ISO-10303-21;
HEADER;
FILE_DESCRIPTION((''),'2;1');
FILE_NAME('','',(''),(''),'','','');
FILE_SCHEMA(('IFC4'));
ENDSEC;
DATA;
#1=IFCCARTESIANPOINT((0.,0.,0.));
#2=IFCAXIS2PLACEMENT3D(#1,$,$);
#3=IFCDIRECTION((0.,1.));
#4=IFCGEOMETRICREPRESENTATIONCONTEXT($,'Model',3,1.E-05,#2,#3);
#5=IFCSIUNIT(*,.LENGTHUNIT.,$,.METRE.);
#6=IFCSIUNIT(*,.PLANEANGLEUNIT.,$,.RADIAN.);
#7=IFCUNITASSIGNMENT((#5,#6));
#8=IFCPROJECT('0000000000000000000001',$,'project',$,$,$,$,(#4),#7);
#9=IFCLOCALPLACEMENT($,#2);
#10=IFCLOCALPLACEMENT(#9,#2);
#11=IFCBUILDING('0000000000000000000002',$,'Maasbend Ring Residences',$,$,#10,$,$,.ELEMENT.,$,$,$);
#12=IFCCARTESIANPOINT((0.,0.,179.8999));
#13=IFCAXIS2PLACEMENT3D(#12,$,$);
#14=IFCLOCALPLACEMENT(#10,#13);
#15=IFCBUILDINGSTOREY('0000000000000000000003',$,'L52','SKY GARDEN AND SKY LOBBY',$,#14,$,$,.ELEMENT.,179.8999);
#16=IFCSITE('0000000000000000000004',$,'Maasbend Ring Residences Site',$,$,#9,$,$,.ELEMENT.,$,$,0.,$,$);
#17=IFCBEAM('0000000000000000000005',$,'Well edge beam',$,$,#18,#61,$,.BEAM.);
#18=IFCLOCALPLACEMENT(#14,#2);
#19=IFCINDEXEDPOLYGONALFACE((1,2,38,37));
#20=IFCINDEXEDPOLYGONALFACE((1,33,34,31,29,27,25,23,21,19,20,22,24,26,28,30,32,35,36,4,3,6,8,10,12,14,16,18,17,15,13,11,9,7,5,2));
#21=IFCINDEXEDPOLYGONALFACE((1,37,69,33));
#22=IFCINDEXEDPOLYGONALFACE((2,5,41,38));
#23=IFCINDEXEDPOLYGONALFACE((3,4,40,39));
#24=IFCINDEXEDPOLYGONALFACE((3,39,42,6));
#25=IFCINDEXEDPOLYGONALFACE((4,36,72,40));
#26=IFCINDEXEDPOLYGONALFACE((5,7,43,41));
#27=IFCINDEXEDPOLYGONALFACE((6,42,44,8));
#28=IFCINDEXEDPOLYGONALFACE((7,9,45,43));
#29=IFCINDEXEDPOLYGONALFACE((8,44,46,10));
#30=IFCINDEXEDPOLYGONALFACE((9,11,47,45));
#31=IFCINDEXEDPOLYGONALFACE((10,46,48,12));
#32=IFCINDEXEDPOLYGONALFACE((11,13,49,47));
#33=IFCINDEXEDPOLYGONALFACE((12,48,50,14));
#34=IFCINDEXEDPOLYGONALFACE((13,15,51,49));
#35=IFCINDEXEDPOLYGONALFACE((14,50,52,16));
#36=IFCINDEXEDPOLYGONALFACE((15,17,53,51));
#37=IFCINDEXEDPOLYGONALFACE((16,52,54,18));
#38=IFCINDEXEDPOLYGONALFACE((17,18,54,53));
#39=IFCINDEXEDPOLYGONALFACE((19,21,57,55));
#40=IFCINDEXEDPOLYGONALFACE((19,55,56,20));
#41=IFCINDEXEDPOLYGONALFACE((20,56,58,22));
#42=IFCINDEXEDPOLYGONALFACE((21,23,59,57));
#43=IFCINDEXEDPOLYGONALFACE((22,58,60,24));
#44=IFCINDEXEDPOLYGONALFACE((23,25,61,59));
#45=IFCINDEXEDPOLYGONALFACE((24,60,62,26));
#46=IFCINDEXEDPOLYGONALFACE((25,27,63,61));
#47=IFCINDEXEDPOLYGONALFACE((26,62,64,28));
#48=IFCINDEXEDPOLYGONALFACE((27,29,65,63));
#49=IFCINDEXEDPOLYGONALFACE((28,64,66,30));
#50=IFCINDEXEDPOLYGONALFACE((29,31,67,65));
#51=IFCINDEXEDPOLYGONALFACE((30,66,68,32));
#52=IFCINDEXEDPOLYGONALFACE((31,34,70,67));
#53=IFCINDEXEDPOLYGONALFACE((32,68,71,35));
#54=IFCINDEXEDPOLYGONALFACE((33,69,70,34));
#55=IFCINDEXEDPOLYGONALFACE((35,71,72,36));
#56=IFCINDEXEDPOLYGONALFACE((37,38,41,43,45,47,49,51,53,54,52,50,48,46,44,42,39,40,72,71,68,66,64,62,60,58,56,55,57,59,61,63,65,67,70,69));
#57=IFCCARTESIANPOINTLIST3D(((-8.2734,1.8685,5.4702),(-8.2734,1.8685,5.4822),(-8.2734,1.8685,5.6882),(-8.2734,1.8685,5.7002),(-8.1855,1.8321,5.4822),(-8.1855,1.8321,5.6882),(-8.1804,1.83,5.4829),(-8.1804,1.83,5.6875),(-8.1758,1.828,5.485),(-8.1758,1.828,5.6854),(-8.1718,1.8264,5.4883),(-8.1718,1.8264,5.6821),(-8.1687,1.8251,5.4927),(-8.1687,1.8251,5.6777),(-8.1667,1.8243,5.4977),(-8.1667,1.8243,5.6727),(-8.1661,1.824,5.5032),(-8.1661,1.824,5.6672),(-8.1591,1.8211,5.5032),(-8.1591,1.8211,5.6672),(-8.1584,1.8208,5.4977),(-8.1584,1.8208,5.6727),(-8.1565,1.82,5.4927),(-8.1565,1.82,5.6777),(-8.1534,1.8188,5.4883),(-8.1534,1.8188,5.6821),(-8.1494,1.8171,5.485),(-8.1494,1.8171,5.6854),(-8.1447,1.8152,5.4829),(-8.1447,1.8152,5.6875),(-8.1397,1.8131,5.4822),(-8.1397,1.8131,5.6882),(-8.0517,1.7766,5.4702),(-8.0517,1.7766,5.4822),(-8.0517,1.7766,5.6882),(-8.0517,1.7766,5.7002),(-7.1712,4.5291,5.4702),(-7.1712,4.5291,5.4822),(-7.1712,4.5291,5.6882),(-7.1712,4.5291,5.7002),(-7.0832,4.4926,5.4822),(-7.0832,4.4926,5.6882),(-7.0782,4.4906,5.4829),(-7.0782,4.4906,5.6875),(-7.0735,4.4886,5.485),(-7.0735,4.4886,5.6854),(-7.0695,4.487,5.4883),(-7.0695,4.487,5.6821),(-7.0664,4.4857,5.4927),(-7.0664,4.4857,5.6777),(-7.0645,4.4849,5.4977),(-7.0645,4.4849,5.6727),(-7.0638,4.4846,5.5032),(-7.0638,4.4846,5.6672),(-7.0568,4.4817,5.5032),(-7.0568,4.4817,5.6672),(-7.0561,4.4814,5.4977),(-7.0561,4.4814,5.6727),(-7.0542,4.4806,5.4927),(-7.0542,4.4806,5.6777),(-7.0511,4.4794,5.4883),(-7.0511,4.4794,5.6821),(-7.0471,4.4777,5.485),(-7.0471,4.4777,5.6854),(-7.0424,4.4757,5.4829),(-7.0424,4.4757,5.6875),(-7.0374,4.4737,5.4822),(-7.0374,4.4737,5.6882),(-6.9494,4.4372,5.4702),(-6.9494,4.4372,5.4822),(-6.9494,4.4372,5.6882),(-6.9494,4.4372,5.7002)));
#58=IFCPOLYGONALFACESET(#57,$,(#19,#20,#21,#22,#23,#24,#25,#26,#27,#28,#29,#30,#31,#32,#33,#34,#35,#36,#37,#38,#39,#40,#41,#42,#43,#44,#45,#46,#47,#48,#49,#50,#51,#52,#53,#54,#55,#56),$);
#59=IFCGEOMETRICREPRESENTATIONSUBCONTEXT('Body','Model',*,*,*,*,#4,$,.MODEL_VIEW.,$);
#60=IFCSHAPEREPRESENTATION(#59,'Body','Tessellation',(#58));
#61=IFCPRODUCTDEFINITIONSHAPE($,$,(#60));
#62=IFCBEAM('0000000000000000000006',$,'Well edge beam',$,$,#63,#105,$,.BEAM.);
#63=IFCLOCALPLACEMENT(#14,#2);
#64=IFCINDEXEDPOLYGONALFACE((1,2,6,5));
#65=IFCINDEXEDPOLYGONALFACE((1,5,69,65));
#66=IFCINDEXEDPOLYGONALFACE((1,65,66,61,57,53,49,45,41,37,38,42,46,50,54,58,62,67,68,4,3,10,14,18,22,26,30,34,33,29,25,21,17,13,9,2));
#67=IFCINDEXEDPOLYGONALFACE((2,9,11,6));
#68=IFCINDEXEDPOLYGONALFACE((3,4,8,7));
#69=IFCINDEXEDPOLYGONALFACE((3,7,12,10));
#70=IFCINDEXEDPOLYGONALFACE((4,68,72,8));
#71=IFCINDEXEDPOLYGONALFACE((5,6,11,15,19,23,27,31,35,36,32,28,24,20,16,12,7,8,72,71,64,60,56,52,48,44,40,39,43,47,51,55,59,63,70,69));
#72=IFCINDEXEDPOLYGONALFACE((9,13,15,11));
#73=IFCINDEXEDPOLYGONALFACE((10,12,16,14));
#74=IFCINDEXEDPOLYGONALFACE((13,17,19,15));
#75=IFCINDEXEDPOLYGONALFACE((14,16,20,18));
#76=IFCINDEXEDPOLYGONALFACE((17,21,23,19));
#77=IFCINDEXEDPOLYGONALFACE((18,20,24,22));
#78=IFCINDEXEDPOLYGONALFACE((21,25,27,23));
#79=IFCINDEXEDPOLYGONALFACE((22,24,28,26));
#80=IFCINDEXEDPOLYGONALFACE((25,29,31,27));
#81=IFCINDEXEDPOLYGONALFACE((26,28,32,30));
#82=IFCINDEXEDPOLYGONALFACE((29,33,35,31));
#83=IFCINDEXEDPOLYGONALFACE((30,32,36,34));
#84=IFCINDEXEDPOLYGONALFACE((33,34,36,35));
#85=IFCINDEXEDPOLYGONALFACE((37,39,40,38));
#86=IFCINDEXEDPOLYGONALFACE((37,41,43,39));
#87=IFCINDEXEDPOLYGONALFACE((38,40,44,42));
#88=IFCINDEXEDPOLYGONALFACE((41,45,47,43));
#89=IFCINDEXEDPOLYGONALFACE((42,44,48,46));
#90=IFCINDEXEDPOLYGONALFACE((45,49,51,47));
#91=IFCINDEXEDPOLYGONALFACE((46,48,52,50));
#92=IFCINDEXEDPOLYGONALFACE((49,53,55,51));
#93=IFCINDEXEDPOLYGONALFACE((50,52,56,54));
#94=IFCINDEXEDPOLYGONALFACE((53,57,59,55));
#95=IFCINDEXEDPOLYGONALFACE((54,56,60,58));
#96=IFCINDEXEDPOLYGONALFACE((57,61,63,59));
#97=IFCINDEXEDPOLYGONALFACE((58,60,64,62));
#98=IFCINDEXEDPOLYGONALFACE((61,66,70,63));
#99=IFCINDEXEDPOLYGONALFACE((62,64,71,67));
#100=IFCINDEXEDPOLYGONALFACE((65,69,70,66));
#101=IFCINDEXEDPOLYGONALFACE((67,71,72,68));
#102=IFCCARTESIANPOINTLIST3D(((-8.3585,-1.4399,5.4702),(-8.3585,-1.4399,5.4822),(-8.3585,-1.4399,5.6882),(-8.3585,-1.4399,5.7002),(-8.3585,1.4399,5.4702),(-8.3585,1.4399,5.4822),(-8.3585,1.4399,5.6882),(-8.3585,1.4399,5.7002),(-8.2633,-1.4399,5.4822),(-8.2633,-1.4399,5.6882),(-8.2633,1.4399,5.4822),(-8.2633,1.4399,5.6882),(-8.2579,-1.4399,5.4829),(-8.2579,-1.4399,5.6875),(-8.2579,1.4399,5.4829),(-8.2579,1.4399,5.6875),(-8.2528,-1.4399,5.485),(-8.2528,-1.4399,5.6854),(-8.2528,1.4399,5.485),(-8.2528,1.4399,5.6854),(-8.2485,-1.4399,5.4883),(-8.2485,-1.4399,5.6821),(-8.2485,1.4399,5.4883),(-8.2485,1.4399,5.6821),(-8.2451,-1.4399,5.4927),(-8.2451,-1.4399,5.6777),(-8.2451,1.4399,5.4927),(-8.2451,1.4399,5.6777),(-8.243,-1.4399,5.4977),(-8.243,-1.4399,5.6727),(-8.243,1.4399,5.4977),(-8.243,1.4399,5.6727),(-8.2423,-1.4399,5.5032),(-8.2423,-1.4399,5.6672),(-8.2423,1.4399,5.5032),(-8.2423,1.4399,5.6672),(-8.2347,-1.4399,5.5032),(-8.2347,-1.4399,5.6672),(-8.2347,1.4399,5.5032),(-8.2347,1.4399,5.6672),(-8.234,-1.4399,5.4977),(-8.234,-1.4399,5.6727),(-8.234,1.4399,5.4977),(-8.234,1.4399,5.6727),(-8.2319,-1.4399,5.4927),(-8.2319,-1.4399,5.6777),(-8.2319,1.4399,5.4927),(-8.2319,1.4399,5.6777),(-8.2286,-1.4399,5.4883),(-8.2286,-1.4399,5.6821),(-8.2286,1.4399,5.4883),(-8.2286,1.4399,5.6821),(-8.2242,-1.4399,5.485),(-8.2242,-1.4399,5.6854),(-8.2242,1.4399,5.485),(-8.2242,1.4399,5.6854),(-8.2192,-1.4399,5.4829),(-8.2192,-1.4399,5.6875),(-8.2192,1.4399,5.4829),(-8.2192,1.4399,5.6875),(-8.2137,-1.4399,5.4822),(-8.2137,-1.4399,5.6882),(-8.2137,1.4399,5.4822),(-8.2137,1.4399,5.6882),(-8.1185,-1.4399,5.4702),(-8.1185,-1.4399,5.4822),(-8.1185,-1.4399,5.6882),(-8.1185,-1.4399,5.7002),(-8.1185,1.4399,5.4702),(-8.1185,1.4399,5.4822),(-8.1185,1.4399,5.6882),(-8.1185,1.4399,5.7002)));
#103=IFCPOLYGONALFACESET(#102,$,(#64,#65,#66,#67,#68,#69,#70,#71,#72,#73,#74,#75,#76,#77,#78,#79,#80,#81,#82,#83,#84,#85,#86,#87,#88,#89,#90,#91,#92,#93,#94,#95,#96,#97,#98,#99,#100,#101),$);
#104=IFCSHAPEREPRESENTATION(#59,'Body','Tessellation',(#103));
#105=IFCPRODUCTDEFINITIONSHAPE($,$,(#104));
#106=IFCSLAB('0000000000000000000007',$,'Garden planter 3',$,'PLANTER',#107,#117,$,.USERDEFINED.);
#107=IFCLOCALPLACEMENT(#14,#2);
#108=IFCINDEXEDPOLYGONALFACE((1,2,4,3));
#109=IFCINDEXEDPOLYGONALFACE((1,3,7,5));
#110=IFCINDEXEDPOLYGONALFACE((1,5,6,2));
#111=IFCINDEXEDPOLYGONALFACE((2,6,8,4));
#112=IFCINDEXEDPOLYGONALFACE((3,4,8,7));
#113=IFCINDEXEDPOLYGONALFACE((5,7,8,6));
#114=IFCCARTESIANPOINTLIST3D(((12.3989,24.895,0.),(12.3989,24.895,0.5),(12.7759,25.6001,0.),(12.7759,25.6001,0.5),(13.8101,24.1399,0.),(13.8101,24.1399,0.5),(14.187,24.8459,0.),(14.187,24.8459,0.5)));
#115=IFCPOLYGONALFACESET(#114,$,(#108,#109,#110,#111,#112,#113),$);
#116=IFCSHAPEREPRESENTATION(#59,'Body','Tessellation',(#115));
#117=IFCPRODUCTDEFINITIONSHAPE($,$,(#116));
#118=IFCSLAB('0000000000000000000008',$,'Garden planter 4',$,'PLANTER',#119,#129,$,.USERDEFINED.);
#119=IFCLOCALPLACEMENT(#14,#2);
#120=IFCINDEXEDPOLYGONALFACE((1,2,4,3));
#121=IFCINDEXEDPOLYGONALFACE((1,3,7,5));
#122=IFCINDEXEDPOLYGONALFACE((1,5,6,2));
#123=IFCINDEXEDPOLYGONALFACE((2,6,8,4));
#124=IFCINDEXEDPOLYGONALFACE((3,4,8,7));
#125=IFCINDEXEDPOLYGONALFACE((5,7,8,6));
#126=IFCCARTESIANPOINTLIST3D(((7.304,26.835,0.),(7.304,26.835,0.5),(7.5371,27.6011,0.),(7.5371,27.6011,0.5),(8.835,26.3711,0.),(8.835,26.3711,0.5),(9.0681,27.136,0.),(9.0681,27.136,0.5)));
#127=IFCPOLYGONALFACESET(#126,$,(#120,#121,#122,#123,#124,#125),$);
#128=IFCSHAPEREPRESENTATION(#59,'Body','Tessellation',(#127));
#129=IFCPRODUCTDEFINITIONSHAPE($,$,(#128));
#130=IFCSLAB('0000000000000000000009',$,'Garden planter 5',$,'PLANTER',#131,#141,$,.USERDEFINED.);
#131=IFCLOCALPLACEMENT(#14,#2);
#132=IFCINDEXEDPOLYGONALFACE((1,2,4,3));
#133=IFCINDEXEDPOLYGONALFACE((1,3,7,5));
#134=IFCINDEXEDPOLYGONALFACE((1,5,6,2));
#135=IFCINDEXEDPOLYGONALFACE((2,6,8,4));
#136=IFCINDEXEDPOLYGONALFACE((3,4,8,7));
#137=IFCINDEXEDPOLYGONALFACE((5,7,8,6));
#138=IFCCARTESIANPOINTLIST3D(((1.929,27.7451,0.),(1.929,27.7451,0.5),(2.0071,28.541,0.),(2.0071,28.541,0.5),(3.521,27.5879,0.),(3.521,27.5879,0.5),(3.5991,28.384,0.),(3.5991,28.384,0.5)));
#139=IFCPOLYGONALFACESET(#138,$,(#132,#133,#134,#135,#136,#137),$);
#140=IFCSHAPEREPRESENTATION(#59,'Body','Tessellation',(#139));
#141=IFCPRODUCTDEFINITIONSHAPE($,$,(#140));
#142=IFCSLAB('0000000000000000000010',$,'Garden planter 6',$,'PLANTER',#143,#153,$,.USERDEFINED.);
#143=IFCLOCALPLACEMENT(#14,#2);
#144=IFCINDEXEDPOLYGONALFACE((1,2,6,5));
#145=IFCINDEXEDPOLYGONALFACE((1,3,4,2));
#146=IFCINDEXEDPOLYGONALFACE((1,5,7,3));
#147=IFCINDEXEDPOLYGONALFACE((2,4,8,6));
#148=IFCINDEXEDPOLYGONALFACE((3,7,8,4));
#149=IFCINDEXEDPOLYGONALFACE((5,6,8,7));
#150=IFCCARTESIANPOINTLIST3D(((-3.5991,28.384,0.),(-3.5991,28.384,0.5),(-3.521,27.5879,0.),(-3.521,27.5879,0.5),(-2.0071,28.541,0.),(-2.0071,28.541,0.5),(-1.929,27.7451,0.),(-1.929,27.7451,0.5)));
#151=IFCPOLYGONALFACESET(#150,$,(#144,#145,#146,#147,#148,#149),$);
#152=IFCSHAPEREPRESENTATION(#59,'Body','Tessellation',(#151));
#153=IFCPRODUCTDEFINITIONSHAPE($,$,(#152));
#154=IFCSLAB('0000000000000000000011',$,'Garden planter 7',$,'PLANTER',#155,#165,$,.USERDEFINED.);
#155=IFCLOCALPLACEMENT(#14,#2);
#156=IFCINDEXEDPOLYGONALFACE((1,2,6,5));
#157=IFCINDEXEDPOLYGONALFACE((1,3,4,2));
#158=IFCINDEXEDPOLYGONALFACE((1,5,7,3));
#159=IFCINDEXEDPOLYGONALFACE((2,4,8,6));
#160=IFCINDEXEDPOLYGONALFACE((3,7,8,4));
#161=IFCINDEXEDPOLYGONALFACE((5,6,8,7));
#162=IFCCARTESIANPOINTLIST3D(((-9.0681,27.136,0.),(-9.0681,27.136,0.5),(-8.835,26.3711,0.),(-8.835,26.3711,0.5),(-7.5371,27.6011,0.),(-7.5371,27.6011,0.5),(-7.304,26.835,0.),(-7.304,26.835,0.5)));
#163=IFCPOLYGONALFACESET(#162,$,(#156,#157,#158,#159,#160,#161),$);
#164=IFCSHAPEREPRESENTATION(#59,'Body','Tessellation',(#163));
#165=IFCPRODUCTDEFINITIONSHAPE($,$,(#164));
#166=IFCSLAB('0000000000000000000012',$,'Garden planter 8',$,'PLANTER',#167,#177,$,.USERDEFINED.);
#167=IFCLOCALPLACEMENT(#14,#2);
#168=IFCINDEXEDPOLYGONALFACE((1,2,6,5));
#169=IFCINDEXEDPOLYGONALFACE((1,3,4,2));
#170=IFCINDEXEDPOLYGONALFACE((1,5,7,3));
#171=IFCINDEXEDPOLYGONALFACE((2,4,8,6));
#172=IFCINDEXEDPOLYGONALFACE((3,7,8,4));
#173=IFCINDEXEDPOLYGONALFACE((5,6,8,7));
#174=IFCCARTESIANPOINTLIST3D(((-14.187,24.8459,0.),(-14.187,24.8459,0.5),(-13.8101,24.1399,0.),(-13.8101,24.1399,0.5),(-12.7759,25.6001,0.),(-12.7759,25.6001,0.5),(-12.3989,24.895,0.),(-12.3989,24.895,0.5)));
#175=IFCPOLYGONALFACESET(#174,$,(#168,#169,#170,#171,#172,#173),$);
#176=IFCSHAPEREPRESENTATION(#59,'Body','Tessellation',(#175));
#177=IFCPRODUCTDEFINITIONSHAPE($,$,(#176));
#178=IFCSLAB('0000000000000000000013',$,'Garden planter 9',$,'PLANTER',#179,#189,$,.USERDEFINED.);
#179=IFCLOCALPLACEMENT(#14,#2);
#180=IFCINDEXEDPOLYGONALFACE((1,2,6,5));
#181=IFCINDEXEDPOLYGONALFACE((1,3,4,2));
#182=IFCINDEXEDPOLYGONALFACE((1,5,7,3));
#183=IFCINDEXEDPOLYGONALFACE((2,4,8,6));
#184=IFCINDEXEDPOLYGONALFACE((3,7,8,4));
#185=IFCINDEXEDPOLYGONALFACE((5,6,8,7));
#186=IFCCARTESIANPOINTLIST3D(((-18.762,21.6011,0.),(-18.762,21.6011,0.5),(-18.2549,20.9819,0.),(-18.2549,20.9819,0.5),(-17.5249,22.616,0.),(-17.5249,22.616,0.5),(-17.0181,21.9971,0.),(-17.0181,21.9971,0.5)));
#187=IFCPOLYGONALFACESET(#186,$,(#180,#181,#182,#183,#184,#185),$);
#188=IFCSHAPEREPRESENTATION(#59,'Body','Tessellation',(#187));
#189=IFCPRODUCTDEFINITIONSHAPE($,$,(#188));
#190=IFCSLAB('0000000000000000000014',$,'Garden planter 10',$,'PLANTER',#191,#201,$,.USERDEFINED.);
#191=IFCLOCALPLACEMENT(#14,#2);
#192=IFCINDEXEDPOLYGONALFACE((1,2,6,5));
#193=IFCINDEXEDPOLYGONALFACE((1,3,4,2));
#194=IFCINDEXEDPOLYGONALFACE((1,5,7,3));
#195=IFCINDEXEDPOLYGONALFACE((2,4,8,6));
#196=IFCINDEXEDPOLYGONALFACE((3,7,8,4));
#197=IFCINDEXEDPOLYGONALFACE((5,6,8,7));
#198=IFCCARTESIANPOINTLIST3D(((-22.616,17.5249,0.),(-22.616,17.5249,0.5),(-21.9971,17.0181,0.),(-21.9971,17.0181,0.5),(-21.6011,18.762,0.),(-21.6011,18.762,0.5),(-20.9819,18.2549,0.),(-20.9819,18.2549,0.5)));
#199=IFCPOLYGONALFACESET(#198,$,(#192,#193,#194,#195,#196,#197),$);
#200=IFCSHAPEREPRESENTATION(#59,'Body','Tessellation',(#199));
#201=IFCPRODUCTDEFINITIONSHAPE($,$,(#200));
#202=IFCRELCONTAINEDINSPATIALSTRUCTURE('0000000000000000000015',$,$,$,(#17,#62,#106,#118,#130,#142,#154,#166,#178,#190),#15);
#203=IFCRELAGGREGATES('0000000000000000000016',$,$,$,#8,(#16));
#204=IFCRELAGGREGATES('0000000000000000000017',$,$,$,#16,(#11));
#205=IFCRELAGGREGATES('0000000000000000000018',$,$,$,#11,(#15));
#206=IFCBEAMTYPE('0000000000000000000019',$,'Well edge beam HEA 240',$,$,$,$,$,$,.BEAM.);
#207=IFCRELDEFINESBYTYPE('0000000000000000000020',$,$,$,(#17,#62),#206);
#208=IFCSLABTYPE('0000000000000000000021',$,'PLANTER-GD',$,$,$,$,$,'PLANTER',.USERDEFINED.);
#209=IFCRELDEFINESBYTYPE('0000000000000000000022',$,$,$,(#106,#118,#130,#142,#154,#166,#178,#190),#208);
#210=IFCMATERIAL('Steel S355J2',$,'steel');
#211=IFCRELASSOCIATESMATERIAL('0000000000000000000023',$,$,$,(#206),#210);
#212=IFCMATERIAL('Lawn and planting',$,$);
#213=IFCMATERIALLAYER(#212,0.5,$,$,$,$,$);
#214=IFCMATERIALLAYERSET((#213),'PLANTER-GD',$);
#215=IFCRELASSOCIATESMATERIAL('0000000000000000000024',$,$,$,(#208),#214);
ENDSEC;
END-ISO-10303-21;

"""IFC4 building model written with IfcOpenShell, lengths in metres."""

from ifc_helpers import new_model, si_unit, direction, frame, origin, origin_2d, place, context, subcontext, project, spatial, polyline, i_section, outline, extrude, material, layer, layer_set, material_profile, profile_set, type_object, element, save


model = new_model("IFC4")

# Units and contexts
model_context = context("Model", 3, precision=1e-05, world=origin(), true_north=direction((0.0, 1.0)))
body_context = subcontext(model_context, "Body", "Model", "MODEL_VIEW")
ifc_project = project(units=[si_unit("LENGTHUNIT", "METRE"), si_unit("PLANEANGLEUNIT", "RADIAN")], contexts=[model_context])

# Site, building, storey
site_placement = place(None, origin())
site = spatial("IfcSite", under=ifc_project, at=site_placement, Name="Maasbend Ring Residences Site", CompositionType="ELEMENT", RefElevation=0.0)
building_placement = place(site_placement, origin())
building = spatial("IfcBuilding", under=site, at=building_placement, Name="Maasbend Ring Residences", CompositionType="ELEMENT")
storey_placement = place(building_placement, frame((0.0, 0.0, 179.8999)))
storey = spatial("IfcBuildingStorey", under=building, at=storey_placement, Name="L52", Description="SKY GARDEN AND SKY LOBBY", CompositionType="ELEMENT", Elevation=179.8999)

# Beams
ifc_material_1 = material(Name="Steel S355J2", Category="steel")
ifc_material_profile_1 = material_profile(ifc_material_1, i_section(OverallWidth=0.24, OverallDepth=0.23, WebThickness=0.0076, FlangeThickness=0.012, FilletRadius=0.021, at=origin_2d()), Name="HEA 240")
ifc_profile_set_1 = profile_set([ifc_material_profile_1], Name="Steel S355J2")
beam_type = type_object("IfcBeamType", Name="Well edge beam HEA 240", PredefinedType="BEAM", material=ifc_profile_set_1)
for number, where, z_axis, x_axis, name in (
    (1, (-7.0603, 4.4832, 5.5852), (-0.382749, -0.923853, 0.0), (0.923853, -0.382749, 0.0), "Well edge beam"),
    (2, (-8.2385, 1.4399, 5.5852), (0.0, -1.0, 0.0), (1.0, 0.0, 0.0), "Well edge beam"),
):
    element("IfcBeam", number, at=place(storey_placement, frame(where, z_axis=z_axis, x_axis=x_axis)), inside=storey, type_object=beam_type, Name=name, PredefinedType="BEAM", context=body_context, shape_type="SweptSolid", body=[
        extrude(i_section(OverallWidth=0.24, OverallDepth=0.23, WebThickness=0.0076, FlangeThickness=0.012, FilletRadius=0.021, at=origin_2d()), origin(), (0.0, 0.0, 1.0), 2.8799),
    ])

# Slabs
ifc_material_2 = material(Name="Lawn and planting")
ifc_layer_1 = layer(ifc_material_2, 0.5)
ifc_layer_set_1 = layer_set([ifc_layer_1], Name="PLANTER-GD")
slab_type = type_object("IfcSlabType", Name="PLANTER-GD", ElementType="PLANTER", PredefinedType="USERDEFINED", material=ifc_layer_set_1)
slab_1_placement = place(storey_placement, origin())
element("IfcSlab", 3, at=slab_1_placement, inside=storey, type_object=slab_type, Name="Garden planter 3", ObjectType="PLANTER", PredefinedType="USERDEFINED", context=body_context, shape_type="SweptSolid", body=[
    extrude(outline(polyline([(14.187, 24.8459), (12.7759, 25.6001), (12.3989, 24.895), (13.8101, 24.1399), (14.187, 24.8459)])), origin(), (0.0, 0.0, 1.0), 0.5),
])
slab_2_placement = place(storey_placement, origin())
element("IfcSlab", 4, at=slab_2_placement, inside=storey, type_object=slab_type, Name="Garden planter 4", ObjectType="PLANTER", PredefinedType="USERDEFINED", context=body_context, shape_type="SweptSolid", body=[
    extrude(outline(polyline([(9.0681, 27.136), (7.5371, 27.6011), (7.304, 26.835), (8.835, 26.3711), (9.0681, 27.136)])), origin(), (0.0, 0.0, 1.0), 0.5),
])
slab_3_placement = place(storey_placement, origin())
element("IfcSlab", 5, at=slab_3_placement, inside=storey, type_object=slab_type, Name="Garden planter 5", ObjectType="PLANTER", PredefinedType="USERDEFINED", context=body_context, shape_type="SweptSolid", body=[
    extrude(outline(polyline([(3.5991, 28.384), (2.0071, 28.541), (1.929, 27.7451), (3.521, 27.5879), (3.5991, 28.384)])), origin(), (0.0, 0.0, 1.0), 0.5),
])
slab_4_placement = place(storey_placement, origin())
element("IfcSlab", 6, at=slab_4_placement, inside=storey, type_object=slab_type, Name="Garden planter 6", ObjectType="PLANTER", PredefinedType="USERDEFINED", context=body_context, shape_type="SweptSolid", body=[
    extrude(outline(polyline([(-2.0071, 28.541), (-3.5991, 28.384), (-3.521, 27.5879), (-1.929, 27.7451), (-2.0071, 28.541)])), origin(), (0.0, 0.0, 1.0), 0.5),
])
slab_5_placement = place(storey_placement, origin())
element("IfcSlab", 7, at=slab_5_placement, inside=storey, type_object=slab_type, Name="Garden planter 7", ObjectType="PLANTER", PredefinedType="USERDEFINED", context=body_context, shape_type="SweptSolid", body=[
    extrude(outline(polyline([(-7.5371, 27.6011), (-9.0681, 27.136), (-8.835, 26.3711), (-7.304, 26.835), (-7.5371, 27.6011)])), origin(), (0.0, 0.0, 1.0), 0.5),
])
slab_6_placement = place(storey_placement, origin())
element("IfcSlab", 8, at=slab_6_placement, inside=storey, type_object=slab_type, Name="Garden planter 8", ObjectType="PLANTER", PredefinedType="USERDEFINED", context=body_context, shape_type="SweptSolid", body=[
    extrude(outline(polyline([(-12.7759, 25.6001), (-14.187, 24.8459), (-13.8101, 24.1399), (-12.3989, 24.895), (-12.7759, 25.6001)])), origin(), (0.0, 0.0, 1.0), 0.5),
])
slab_7_placement = place(storey_placement, origin())
element("IfcSlab", 9, at=slab_7_placement, inside=storey, type_object=slab_type, Name="Garden planter 9", ObjectType="PLANTER", PredefinedType="USERDEFINED", context=body_context, shape_type="SweptSolid", body=[
    extrude(outline(polyline([(-17.5249, 22.616), (-18.762, 21.6011), (-18.2549, 20.9819), (-17.0181, 21.9971), (-17.5249, 22.616)])), origin(), (0.0, 0.0, 1.0), 0.5),
])
slab_8_placement = place(storey_placement, origin())
element("IfcSlab", 10, at=slab_8_placement, inside=storey, type_object=slab_type, Name="Garden planter 10", ObjectType="PLANTER", PredefinedType="USERDEFINED", context=body_context, shape_type="SweptSolid", body=[
    extrude(outline(polyline([(-21.6011, 18.762), (-22.616, 17.5249), (-21.9971, 17.0181), (-20.9819, 18.2549), (-21.6011, 18.762)])), origin(), (0.0, 0.0, 1.0), 0.5),
])

save(model, "model.ifc")
